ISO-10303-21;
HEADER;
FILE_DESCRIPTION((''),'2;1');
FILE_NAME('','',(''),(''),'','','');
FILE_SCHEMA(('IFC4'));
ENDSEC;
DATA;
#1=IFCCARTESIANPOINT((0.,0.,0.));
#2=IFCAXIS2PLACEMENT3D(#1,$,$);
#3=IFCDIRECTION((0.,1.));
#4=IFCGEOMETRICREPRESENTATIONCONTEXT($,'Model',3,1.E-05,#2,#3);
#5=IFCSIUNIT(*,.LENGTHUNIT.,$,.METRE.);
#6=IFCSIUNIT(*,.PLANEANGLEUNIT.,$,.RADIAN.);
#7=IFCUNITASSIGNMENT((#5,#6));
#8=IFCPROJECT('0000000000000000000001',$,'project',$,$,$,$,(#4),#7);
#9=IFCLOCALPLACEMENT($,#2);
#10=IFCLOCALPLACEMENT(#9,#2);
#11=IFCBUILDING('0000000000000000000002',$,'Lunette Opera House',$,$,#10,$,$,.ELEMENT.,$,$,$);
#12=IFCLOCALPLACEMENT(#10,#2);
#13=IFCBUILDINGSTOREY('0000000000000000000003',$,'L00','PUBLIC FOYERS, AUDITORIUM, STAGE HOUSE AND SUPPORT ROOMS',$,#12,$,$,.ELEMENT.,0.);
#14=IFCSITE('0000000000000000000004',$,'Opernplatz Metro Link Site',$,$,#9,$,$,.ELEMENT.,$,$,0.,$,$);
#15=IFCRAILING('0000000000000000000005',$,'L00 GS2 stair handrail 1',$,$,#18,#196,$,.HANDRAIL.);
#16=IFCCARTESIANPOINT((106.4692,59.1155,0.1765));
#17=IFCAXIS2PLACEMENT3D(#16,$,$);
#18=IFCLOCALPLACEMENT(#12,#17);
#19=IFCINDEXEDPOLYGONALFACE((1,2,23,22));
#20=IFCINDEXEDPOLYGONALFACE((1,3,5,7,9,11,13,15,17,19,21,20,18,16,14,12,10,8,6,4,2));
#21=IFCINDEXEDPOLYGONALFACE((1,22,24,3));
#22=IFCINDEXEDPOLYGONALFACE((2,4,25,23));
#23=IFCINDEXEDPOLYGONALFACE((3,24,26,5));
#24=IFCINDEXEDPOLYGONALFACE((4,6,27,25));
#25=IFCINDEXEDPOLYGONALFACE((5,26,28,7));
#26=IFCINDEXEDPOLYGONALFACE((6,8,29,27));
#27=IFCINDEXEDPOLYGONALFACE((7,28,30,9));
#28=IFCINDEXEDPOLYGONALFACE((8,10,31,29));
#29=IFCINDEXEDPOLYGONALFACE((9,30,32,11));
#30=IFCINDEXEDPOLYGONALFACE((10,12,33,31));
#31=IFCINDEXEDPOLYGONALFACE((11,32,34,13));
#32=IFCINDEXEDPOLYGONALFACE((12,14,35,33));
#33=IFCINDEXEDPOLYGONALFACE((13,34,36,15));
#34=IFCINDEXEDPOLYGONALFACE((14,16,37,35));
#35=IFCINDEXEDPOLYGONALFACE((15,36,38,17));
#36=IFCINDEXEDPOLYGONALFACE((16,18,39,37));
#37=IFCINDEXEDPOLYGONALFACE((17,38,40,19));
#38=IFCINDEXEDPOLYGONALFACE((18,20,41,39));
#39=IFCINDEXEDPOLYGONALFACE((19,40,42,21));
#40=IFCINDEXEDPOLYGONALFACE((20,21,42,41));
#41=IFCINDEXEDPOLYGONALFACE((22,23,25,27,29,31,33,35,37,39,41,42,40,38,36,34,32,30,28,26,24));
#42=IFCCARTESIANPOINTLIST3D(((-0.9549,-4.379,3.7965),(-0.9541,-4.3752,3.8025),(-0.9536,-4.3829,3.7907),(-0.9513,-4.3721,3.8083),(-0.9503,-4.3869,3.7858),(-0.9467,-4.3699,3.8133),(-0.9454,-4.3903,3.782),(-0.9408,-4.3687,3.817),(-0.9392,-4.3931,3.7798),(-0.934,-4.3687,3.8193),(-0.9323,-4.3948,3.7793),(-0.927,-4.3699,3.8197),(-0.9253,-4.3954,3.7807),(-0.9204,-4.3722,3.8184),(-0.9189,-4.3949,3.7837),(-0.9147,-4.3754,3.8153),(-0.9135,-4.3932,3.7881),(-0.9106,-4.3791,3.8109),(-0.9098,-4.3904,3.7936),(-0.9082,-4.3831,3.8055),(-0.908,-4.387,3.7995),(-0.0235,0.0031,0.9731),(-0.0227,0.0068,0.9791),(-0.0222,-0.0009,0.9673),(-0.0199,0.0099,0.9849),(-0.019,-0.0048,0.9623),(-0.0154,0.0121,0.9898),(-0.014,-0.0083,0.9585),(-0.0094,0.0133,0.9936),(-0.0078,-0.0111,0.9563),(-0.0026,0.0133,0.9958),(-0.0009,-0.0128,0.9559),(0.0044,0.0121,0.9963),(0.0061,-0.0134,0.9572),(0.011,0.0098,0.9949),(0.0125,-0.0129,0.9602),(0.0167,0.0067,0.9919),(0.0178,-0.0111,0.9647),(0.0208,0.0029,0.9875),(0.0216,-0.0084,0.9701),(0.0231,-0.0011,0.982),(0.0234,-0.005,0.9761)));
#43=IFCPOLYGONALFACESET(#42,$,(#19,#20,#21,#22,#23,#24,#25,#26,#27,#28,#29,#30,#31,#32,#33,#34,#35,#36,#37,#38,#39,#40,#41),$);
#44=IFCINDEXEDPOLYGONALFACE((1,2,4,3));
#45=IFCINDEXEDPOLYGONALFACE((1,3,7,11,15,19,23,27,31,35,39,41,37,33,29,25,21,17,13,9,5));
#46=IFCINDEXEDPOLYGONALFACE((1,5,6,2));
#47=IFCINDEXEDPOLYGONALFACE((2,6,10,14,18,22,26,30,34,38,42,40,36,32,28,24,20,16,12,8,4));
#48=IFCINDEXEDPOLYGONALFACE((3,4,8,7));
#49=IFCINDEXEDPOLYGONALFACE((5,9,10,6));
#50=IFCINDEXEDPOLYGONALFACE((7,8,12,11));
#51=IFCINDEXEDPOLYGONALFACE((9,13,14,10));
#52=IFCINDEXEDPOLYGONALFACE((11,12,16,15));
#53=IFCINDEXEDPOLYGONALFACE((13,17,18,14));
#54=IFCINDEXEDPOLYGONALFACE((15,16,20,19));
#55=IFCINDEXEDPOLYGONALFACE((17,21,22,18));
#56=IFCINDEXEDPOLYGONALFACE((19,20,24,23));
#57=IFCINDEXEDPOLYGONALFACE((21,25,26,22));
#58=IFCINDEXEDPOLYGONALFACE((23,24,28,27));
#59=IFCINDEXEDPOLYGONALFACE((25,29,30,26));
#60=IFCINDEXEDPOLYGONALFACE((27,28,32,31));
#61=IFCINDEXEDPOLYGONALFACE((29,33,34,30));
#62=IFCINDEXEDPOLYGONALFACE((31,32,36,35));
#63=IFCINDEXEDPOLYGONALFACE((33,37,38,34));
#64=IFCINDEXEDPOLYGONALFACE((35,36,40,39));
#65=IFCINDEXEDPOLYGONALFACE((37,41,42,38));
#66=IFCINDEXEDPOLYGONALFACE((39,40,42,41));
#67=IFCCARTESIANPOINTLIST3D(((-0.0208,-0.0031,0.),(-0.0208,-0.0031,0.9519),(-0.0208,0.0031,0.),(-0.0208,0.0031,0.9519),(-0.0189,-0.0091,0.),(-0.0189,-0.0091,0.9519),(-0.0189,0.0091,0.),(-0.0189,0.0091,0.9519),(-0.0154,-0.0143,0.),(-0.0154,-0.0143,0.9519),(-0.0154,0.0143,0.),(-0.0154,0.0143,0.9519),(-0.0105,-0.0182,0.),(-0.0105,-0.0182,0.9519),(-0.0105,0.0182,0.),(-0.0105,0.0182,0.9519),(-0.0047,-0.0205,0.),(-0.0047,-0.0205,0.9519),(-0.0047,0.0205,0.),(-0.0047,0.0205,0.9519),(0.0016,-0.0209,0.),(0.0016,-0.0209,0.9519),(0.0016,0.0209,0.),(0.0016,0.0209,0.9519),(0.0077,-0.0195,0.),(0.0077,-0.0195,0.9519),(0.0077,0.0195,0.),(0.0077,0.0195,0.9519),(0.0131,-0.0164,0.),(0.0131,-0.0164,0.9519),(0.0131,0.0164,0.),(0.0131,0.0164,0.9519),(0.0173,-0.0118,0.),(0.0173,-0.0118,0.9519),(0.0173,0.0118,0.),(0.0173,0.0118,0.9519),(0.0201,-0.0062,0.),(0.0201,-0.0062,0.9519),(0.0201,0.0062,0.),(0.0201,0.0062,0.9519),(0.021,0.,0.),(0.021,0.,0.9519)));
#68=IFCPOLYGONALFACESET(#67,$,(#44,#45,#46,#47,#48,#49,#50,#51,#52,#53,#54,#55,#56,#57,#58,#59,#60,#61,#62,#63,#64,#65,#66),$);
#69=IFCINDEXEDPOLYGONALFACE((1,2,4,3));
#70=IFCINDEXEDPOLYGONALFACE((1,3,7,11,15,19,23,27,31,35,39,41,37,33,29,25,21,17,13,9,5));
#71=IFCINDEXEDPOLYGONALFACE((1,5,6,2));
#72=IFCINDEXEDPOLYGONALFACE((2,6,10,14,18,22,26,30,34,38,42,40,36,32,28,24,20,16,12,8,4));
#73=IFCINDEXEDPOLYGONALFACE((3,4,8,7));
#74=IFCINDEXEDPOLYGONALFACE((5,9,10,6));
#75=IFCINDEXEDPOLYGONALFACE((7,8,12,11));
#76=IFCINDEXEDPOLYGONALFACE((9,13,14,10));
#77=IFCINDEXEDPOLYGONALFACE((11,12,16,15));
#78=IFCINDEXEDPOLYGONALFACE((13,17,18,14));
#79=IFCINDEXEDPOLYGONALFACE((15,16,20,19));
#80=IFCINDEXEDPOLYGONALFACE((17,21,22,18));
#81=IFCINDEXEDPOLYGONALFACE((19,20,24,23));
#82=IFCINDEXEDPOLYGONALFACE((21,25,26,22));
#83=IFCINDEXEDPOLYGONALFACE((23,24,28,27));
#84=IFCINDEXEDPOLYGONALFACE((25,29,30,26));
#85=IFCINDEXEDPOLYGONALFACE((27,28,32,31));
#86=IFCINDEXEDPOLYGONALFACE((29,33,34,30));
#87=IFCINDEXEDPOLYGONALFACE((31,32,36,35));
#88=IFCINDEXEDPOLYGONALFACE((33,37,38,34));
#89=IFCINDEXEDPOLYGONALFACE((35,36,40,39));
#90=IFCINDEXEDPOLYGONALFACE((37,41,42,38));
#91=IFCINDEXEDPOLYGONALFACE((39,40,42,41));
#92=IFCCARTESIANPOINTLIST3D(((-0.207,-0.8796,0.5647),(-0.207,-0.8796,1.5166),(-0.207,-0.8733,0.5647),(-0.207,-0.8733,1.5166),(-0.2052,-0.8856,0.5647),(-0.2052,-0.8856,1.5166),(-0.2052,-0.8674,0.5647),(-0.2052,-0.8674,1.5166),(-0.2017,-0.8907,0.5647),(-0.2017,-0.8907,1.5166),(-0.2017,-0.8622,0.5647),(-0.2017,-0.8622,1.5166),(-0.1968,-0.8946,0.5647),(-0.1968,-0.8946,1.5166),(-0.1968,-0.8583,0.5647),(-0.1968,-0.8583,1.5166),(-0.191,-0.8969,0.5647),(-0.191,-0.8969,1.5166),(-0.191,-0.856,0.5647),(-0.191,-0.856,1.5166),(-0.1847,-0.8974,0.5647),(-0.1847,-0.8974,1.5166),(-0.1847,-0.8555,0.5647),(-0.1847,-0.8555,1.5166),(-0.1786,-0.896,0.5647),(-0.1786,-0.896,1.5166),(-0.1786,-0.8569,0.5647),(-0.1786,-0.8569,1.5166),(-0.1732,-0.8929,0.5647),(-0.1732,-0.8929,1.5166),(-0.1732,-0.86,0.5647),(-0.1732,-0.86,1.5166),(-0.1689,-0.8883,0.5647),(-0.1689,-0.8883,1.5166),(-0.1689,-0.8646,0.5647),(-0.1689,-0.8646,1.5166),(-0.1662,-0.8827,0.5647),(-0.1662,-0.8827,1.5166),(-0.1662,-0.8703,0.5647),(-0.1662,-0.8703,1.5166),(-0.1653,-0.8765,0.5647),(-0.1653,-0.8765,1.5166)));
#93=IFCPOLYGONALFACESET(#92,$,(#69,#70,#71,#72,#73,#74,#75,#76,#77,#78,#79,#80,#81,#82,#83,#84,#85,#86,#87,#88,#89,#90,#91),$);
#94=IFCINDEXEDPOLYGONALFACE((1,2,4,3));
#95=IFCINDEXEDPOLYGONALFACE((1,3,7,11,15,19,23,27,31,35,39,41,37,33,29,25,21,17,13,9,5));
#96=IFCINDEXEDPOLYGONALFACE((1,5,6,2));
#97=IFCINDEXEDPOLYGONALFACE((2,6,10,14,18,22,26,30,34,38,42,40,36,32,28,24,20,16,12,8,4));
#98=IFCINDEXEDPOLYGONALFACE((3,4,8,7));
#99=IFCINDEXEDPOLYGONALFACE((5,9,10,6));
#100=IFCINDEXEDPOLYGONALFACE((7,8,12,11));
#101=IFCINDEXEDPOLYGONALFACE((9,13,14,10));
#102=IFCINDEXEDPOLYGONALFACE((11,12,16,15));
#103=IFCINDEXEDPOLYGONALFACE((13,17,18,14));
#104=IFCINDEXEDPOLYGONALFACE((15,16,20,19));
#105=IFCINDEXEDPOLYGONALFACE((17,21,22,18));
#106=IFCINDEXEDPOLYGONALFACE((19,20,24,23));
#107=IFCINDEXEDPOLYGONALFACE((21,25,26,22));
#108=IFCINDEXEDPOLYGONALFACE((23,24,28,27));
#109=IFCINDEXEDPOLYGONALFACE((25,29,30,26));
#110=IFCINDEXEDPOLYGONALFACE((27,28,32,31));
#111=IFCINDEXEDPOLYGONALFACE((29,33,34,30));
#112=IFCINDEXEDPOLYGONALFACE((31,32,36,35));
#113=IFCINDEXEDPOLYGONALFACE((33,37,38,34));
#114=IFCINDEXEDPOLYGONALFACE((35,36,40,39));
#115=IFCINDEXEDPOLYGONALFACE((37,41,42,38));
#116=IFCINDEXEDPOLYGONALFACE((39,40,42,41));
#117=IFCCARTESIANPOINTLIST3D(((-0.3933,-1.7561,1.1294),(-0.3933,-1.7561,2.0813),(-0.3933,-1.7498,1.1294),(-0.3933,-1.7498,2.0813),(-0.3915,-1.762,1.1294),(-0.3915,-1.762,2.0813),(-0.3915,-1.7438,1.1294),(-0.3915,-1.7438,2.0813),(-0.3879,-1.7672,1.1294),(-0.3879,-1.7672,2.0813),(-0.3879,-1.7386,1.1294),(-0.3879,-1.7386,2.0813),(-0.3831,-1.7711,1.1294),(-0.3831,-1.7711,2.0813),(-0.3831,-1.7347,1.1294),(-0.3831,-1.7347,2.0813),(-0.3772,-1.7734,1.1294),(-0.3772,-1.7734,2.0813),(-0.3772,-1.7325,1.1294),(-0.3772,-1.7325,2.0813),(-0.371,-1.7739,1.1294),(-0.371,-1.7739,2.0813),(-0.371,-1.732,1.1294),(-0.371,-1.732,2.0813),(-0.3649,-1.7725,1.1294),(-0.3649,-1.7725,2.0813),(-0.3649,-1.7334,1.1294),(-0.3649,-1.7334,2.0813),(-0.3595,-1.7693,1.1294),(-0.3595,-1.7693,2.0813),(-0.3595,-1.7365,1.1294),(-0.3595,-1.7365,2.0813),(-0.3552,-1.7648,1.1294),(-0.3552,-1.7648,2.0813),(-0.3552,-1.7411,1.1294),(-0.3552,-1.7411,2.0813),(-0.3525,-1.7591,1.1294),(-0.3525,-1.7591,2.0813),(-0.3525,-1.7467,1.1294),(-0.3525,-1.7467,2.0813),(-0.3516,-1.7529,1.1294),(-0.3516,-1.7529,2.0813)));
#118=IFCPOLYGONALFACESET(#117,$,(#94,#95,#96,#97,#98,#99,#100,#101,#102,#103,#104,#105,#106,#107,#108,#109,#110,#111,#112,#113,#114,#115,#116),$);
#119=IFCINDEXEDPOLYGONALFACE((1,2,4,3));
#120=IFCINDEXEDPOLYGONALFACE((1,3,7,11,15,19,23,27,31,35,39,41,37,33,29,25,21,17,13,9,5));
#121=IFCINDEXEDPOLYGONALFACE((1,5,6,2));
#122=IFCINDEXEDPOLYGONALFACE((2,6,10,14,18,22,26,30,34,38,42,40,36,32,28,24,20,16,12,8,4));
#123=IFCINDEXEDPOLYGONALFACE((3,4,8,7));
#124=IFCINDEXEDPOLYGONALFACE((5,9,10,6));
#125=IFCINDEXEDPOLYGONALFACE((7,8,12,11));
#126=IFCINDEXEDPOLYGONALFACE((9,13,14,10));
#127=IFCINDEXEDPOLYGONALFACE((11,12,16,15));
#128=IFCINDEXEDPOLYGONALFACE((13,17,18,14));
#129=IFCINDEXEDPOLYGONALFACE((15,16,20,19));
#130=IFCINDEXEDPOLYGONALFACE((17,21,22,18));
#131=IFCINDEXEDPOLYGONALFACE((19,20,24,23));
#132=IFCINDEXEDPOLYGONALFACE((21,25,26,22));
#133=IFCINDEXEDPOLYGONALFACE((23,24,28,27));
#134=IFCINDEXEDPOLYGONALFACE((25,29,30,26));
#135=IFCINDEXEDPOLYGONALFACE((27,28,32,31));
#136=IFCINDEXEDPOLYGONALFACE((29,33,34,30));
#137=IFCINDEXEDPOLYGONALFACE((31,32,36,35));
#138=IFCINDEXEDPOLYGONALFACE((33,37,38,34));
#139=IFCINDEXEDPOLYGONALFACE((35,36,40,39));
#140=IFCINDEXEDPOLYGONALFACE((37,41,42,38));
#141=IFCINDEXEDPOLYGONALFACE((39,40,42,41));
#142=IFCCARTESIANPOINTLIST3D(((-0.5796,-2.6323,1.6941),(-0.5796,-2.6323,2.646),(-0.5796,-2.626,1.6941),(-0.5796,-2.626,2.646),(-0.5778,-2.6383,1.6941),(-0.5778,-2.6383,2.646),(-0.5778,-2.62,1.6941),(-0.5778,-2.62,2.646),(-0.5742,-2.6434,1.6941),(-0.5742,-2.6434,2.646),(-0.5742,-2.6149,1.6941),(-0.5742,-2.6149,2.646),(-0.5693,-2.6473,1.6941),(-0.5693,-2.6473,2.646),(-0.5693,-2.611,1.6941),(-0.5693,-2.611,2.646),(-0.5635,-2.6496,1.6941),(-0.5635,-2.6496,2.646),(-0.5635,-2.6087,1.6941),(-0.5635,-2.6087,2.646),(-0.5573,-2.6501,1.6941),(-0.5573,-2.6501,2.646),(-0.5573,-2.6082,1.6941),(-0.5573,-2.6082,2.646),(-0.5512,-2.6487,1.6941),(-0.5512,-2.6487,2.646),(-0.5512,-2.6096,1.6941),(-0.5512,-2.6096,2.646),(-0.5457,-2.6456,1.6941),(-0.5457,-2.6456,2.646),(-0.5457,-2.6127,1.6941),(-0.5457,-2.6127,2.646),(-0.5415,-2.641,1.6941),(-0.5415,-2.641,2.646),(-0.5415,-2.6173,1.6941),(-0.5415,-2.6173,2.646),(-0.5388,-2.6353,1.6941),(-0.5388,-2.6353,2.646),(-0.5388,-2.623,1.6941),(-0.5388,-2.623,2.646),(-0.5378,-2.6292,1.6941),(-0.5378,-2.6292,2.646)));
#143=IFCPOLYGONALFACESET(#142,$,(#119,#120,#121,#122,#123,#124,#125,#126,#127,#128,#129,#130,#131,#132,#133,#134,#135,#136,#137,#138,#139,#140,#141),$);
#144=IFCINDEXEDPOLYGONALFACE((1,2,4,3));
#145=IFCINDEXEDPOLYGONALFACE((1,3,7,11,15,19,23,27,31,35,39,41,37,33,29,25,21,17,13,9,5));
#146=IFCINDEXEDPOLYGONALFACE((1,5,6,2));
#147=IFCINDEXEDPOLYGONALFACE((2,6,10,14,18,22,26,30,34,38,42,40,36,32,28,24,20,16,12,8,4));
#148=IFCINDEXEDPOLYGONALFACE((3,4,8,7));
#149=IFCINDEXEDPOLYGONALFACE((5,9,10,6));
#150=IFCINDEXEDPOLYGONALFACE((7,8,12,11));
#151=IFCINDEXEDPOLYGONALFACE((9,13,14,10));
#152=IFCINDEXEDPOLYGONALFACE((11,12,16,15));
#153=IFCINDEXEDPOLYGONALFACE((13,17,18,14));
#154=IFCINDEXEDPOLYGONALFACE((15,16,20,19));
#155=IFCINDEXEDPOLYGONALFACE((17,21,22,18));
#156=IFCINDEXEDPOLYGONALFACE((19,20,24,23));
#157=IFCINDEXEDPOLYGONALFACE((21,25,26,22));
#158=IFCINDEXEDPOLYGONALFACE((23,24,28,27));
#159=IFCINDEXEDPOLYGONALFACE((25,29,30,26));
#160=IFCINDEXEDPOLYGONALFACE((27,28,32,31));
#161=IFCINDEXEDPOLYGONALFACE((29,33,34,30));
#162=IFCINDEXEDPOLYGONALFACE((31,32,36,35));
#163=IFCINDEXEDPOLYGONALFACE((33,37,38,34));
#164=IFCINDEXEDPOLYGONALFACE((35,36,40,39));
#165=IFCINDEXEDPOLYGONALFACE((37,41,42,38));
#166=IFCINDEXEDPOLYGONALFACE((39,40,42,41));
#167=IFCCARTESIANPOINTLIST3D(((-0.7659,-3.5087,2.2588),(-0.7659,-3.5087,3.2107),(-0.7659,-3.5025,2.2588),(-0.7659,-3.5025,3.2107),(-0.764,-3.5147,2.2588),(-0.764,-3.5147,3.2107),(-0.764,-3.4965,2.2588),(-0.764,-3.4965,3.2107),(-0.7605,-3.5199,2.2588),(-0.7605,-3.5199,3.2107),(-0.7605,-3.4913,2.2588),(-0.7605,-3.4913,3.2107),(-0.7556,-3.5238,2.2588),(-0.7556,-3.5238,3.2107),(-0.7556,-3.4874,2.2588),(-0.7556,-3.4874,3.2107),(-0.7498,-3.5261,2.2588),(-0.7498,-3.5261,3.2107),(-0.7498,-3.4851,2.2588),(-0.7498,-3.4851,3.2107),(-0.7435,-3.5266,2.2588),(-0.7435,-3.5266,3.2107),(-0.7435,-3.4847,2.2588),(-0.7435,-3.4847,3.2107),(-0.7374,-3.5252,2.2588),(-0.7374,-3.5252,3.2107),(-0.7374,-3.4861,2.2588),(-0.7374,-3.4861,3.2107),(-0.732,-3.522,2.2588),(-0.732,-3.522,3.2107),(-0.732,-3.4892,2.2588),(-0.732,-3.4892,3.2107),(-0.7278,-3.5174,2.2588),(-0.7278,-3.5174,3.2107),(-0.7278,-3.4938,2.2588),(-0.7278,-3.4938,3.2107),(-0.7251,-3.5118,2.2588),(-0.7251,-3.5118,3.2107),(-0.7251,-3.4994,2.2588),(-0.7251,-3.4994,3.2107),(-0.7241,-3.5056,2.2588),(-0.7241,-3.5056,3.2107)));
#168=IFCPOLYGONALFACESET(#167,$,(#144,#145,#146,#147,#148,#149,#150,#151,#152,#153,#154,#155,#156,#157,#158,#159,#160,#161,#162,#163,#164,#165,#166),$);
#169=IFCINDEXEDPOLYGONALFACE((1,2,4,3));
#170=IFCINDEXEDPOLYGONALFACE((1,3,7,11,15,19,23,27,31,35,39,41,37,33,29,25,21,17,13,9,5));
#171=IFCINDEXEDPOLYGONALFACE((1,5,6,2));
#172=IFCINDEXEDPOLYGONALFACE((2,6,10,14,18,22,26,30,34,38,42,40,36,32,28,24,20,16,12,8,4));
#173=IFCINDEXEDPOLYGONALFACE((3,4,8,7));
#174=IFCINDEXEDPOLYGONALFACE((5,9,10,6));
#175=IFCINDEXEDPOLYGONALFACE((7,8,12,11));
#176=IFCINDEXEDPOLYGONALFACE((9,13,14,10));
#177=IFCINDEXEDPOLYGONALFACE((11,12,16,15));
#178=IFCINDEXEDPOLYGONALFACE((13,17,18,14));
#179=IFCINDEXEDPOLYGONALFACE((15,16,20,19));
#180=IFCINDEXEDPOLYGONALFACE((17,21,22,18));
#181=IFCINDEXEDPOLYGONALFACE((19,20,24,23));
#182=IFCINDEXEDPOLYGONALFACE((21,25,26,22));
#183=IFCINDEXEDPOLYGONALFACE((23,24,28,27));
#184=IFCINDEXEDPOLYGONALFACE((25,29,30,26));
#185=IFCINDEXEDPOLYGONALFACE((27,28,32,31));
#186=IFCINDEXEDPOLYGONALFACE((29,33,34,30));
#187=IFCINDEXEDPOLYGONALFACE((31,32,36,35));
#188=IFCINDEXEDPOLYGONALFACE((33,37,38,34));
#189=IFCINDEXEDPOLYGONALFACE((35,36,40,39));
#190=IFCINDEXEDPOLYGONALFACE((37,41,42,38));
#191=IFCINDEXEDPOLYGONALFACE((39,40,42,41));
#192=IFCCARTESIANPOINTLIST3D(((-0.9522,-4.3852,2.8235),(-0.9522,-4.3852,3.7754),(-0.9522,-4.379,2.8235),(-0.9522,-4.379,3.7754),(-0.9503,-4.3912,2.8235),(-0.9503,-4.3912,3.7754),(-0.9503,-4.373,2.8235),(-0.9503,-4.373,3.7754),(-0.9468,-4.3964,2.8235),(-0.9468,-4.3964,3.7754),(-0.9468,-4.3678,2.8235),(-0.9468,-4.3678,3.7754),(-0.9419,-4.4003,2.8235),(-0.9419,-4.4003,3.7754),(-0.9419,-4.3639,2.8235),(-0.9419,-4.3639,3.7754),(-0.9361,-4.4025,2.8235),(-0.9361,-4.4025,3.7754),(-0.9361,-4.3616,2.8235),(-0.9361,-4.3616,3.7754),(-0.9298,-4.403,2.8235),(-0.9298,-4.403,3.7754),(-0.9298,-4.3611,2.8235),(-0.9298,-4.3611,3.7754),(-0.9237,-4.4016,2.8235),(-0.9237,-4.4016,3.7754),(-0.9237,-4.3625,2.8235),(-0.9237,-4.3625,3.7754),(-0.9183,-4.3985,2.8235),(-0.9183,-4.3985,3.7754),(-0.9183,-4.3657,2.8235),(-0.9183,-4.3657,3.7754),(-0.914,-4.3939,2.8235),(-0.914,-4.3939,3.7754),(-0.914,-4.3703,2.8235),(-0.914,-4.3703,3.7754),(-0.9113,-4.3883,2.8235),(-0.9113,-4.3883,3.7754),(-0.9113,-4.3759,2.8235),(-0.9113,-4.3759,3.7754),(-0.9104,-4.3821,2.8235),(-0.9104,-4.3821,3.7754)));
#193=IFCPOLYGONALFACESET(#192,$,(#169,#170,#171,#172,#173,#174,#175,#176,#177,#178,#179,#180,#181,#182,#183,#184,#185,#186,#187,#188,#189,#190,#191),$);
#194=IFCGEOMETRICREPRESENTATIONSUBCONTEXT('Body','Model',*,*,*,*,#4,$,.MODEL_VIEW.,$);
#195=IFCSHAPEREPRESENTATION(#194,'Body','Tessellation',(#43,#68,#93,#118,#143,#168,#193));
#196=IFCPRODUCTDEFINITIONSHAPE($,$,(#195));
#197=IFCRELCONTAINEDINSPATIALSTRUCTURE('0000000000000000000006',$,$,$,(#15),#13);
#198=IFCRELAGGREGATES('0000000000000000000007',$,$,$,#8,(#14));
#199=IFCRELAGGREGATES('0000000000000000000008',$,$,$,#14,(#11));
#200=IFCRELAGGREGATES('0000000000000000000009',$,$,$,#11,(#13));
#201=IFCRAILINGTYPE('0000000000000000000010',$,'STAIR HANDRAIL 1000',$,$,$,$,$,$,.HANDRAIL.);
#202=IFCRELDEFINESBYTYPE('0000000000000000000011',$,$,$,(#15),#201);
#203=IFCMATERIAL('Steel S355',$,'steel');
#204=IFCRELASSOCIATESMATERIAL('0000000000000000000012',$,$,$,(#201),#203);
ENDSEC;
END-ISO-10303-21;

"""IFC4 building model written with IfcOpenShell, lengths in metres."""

from ifc_helpers import new_model, si_unit, direction, frame, origin, origin_2d, place, context, subcontext, project, spatial, circle, extrude, material, type_object, element, save


model = new_model("IFC4")

# Units and contexts
model_context = context("Model", 3, precision=1e-05, world=origin(), true_north=direction((0.0, 1.0)))
body_context = subcontext(model_context, "Body", "Model", "MODEL_VIEW")
ifc_project = project(units=[si_unit("LENGTHUNIT", "METRE"), si_unit("PLANEANGLEUNIT", "RADIAN")], contexts=[model_context])

# Site, building, storey
site_placement = place(None, origin())
site = spatial("IfcSite", under=ifc_project, at=site_placement, Name="Opernplatz Metro Link Site", CompositionType="ELEMENT", RefElevation=0.0)
building_placement = place(site_placement, origin())
building = spatial("IfcBuilding", under=site, at=building_placement, Name="Lunette Opera House", CompositionType="ELEMENT")
storey_placement = place(building_placement, origin())
storey = spatial("IfcBuildingStorey", under=building, at=storey_placement, Name="L00", Description="PUBLIC FOYERS, AUDITORIUM, STAGE HOUSE AND SUPPORT ROOMS", CompositionType="ELEMENT", Elevation=0.0)

# Railing
ifc_material_1 = material(Name="Steel S355", Category="steel")
railing_type_1 = type_object("IfcRailingType", Name="STAIR HANDRAIL 1000", PredefinedType="HANDRAIL", material=ifc_material_1)
railing_1_placement = place(storey_placement, frame((106.4692, 59.1155, 0.1765)))
element("IfcRailing", 1, at=railing_1_placement, inside=storey, type_object=railing_type_1, Name="L00 GS2 stair handrail 1", PredefinedType="HANDRAIL", context=body_context, shape_type="SweptSolid", body=[
    extrude(circle(Radius=0.0239, at=origin_2d()), frame((0.0, 0.0, 0.9761), z_axis=(-0.175885, -0.827512, 0.533187), x_axis=(0.97815, -0.207902, 0.0)), (0.0, 0.0, 1.0), 5.2954),
    extrude(circle(Radius=0.021, at=origin_2d()), origin(), (0.0, 0.0, 1.0), 0.9519),
    extrude(circle(Radius=0.021, at=origin_2d()), frame((-0.1863, -0.8765, 0.5647)), (0.0, 0.0, 1.0), 0.9519),
    extrude(circle(Radius=0.021, at=origin_2d()), frame((-0.3726, -1.7529, 1.1294)), (0.0, 0.0, 1.0), 0.9519),
    extrude(circle(Radius=0.021, at=origin_2d()), frame((-0.5588, -2.6292, 1.6941)), (0.0, 0.0, 1.0), 0.9519),
    extrude(circle(Radius=0.021, at=origin_2d()), frame((-0.7451, -3.5056, 2.2588)), (0.0, 0.0, 1.0), 0.9519),
    extrude(circle(Radius=0.021, at=origin_2d()), frame((-0.9314, -4.3821, 2.8235)), (0.0, 0.0, 1.0), 0.9519),
])

save(model, "model.ifc")
